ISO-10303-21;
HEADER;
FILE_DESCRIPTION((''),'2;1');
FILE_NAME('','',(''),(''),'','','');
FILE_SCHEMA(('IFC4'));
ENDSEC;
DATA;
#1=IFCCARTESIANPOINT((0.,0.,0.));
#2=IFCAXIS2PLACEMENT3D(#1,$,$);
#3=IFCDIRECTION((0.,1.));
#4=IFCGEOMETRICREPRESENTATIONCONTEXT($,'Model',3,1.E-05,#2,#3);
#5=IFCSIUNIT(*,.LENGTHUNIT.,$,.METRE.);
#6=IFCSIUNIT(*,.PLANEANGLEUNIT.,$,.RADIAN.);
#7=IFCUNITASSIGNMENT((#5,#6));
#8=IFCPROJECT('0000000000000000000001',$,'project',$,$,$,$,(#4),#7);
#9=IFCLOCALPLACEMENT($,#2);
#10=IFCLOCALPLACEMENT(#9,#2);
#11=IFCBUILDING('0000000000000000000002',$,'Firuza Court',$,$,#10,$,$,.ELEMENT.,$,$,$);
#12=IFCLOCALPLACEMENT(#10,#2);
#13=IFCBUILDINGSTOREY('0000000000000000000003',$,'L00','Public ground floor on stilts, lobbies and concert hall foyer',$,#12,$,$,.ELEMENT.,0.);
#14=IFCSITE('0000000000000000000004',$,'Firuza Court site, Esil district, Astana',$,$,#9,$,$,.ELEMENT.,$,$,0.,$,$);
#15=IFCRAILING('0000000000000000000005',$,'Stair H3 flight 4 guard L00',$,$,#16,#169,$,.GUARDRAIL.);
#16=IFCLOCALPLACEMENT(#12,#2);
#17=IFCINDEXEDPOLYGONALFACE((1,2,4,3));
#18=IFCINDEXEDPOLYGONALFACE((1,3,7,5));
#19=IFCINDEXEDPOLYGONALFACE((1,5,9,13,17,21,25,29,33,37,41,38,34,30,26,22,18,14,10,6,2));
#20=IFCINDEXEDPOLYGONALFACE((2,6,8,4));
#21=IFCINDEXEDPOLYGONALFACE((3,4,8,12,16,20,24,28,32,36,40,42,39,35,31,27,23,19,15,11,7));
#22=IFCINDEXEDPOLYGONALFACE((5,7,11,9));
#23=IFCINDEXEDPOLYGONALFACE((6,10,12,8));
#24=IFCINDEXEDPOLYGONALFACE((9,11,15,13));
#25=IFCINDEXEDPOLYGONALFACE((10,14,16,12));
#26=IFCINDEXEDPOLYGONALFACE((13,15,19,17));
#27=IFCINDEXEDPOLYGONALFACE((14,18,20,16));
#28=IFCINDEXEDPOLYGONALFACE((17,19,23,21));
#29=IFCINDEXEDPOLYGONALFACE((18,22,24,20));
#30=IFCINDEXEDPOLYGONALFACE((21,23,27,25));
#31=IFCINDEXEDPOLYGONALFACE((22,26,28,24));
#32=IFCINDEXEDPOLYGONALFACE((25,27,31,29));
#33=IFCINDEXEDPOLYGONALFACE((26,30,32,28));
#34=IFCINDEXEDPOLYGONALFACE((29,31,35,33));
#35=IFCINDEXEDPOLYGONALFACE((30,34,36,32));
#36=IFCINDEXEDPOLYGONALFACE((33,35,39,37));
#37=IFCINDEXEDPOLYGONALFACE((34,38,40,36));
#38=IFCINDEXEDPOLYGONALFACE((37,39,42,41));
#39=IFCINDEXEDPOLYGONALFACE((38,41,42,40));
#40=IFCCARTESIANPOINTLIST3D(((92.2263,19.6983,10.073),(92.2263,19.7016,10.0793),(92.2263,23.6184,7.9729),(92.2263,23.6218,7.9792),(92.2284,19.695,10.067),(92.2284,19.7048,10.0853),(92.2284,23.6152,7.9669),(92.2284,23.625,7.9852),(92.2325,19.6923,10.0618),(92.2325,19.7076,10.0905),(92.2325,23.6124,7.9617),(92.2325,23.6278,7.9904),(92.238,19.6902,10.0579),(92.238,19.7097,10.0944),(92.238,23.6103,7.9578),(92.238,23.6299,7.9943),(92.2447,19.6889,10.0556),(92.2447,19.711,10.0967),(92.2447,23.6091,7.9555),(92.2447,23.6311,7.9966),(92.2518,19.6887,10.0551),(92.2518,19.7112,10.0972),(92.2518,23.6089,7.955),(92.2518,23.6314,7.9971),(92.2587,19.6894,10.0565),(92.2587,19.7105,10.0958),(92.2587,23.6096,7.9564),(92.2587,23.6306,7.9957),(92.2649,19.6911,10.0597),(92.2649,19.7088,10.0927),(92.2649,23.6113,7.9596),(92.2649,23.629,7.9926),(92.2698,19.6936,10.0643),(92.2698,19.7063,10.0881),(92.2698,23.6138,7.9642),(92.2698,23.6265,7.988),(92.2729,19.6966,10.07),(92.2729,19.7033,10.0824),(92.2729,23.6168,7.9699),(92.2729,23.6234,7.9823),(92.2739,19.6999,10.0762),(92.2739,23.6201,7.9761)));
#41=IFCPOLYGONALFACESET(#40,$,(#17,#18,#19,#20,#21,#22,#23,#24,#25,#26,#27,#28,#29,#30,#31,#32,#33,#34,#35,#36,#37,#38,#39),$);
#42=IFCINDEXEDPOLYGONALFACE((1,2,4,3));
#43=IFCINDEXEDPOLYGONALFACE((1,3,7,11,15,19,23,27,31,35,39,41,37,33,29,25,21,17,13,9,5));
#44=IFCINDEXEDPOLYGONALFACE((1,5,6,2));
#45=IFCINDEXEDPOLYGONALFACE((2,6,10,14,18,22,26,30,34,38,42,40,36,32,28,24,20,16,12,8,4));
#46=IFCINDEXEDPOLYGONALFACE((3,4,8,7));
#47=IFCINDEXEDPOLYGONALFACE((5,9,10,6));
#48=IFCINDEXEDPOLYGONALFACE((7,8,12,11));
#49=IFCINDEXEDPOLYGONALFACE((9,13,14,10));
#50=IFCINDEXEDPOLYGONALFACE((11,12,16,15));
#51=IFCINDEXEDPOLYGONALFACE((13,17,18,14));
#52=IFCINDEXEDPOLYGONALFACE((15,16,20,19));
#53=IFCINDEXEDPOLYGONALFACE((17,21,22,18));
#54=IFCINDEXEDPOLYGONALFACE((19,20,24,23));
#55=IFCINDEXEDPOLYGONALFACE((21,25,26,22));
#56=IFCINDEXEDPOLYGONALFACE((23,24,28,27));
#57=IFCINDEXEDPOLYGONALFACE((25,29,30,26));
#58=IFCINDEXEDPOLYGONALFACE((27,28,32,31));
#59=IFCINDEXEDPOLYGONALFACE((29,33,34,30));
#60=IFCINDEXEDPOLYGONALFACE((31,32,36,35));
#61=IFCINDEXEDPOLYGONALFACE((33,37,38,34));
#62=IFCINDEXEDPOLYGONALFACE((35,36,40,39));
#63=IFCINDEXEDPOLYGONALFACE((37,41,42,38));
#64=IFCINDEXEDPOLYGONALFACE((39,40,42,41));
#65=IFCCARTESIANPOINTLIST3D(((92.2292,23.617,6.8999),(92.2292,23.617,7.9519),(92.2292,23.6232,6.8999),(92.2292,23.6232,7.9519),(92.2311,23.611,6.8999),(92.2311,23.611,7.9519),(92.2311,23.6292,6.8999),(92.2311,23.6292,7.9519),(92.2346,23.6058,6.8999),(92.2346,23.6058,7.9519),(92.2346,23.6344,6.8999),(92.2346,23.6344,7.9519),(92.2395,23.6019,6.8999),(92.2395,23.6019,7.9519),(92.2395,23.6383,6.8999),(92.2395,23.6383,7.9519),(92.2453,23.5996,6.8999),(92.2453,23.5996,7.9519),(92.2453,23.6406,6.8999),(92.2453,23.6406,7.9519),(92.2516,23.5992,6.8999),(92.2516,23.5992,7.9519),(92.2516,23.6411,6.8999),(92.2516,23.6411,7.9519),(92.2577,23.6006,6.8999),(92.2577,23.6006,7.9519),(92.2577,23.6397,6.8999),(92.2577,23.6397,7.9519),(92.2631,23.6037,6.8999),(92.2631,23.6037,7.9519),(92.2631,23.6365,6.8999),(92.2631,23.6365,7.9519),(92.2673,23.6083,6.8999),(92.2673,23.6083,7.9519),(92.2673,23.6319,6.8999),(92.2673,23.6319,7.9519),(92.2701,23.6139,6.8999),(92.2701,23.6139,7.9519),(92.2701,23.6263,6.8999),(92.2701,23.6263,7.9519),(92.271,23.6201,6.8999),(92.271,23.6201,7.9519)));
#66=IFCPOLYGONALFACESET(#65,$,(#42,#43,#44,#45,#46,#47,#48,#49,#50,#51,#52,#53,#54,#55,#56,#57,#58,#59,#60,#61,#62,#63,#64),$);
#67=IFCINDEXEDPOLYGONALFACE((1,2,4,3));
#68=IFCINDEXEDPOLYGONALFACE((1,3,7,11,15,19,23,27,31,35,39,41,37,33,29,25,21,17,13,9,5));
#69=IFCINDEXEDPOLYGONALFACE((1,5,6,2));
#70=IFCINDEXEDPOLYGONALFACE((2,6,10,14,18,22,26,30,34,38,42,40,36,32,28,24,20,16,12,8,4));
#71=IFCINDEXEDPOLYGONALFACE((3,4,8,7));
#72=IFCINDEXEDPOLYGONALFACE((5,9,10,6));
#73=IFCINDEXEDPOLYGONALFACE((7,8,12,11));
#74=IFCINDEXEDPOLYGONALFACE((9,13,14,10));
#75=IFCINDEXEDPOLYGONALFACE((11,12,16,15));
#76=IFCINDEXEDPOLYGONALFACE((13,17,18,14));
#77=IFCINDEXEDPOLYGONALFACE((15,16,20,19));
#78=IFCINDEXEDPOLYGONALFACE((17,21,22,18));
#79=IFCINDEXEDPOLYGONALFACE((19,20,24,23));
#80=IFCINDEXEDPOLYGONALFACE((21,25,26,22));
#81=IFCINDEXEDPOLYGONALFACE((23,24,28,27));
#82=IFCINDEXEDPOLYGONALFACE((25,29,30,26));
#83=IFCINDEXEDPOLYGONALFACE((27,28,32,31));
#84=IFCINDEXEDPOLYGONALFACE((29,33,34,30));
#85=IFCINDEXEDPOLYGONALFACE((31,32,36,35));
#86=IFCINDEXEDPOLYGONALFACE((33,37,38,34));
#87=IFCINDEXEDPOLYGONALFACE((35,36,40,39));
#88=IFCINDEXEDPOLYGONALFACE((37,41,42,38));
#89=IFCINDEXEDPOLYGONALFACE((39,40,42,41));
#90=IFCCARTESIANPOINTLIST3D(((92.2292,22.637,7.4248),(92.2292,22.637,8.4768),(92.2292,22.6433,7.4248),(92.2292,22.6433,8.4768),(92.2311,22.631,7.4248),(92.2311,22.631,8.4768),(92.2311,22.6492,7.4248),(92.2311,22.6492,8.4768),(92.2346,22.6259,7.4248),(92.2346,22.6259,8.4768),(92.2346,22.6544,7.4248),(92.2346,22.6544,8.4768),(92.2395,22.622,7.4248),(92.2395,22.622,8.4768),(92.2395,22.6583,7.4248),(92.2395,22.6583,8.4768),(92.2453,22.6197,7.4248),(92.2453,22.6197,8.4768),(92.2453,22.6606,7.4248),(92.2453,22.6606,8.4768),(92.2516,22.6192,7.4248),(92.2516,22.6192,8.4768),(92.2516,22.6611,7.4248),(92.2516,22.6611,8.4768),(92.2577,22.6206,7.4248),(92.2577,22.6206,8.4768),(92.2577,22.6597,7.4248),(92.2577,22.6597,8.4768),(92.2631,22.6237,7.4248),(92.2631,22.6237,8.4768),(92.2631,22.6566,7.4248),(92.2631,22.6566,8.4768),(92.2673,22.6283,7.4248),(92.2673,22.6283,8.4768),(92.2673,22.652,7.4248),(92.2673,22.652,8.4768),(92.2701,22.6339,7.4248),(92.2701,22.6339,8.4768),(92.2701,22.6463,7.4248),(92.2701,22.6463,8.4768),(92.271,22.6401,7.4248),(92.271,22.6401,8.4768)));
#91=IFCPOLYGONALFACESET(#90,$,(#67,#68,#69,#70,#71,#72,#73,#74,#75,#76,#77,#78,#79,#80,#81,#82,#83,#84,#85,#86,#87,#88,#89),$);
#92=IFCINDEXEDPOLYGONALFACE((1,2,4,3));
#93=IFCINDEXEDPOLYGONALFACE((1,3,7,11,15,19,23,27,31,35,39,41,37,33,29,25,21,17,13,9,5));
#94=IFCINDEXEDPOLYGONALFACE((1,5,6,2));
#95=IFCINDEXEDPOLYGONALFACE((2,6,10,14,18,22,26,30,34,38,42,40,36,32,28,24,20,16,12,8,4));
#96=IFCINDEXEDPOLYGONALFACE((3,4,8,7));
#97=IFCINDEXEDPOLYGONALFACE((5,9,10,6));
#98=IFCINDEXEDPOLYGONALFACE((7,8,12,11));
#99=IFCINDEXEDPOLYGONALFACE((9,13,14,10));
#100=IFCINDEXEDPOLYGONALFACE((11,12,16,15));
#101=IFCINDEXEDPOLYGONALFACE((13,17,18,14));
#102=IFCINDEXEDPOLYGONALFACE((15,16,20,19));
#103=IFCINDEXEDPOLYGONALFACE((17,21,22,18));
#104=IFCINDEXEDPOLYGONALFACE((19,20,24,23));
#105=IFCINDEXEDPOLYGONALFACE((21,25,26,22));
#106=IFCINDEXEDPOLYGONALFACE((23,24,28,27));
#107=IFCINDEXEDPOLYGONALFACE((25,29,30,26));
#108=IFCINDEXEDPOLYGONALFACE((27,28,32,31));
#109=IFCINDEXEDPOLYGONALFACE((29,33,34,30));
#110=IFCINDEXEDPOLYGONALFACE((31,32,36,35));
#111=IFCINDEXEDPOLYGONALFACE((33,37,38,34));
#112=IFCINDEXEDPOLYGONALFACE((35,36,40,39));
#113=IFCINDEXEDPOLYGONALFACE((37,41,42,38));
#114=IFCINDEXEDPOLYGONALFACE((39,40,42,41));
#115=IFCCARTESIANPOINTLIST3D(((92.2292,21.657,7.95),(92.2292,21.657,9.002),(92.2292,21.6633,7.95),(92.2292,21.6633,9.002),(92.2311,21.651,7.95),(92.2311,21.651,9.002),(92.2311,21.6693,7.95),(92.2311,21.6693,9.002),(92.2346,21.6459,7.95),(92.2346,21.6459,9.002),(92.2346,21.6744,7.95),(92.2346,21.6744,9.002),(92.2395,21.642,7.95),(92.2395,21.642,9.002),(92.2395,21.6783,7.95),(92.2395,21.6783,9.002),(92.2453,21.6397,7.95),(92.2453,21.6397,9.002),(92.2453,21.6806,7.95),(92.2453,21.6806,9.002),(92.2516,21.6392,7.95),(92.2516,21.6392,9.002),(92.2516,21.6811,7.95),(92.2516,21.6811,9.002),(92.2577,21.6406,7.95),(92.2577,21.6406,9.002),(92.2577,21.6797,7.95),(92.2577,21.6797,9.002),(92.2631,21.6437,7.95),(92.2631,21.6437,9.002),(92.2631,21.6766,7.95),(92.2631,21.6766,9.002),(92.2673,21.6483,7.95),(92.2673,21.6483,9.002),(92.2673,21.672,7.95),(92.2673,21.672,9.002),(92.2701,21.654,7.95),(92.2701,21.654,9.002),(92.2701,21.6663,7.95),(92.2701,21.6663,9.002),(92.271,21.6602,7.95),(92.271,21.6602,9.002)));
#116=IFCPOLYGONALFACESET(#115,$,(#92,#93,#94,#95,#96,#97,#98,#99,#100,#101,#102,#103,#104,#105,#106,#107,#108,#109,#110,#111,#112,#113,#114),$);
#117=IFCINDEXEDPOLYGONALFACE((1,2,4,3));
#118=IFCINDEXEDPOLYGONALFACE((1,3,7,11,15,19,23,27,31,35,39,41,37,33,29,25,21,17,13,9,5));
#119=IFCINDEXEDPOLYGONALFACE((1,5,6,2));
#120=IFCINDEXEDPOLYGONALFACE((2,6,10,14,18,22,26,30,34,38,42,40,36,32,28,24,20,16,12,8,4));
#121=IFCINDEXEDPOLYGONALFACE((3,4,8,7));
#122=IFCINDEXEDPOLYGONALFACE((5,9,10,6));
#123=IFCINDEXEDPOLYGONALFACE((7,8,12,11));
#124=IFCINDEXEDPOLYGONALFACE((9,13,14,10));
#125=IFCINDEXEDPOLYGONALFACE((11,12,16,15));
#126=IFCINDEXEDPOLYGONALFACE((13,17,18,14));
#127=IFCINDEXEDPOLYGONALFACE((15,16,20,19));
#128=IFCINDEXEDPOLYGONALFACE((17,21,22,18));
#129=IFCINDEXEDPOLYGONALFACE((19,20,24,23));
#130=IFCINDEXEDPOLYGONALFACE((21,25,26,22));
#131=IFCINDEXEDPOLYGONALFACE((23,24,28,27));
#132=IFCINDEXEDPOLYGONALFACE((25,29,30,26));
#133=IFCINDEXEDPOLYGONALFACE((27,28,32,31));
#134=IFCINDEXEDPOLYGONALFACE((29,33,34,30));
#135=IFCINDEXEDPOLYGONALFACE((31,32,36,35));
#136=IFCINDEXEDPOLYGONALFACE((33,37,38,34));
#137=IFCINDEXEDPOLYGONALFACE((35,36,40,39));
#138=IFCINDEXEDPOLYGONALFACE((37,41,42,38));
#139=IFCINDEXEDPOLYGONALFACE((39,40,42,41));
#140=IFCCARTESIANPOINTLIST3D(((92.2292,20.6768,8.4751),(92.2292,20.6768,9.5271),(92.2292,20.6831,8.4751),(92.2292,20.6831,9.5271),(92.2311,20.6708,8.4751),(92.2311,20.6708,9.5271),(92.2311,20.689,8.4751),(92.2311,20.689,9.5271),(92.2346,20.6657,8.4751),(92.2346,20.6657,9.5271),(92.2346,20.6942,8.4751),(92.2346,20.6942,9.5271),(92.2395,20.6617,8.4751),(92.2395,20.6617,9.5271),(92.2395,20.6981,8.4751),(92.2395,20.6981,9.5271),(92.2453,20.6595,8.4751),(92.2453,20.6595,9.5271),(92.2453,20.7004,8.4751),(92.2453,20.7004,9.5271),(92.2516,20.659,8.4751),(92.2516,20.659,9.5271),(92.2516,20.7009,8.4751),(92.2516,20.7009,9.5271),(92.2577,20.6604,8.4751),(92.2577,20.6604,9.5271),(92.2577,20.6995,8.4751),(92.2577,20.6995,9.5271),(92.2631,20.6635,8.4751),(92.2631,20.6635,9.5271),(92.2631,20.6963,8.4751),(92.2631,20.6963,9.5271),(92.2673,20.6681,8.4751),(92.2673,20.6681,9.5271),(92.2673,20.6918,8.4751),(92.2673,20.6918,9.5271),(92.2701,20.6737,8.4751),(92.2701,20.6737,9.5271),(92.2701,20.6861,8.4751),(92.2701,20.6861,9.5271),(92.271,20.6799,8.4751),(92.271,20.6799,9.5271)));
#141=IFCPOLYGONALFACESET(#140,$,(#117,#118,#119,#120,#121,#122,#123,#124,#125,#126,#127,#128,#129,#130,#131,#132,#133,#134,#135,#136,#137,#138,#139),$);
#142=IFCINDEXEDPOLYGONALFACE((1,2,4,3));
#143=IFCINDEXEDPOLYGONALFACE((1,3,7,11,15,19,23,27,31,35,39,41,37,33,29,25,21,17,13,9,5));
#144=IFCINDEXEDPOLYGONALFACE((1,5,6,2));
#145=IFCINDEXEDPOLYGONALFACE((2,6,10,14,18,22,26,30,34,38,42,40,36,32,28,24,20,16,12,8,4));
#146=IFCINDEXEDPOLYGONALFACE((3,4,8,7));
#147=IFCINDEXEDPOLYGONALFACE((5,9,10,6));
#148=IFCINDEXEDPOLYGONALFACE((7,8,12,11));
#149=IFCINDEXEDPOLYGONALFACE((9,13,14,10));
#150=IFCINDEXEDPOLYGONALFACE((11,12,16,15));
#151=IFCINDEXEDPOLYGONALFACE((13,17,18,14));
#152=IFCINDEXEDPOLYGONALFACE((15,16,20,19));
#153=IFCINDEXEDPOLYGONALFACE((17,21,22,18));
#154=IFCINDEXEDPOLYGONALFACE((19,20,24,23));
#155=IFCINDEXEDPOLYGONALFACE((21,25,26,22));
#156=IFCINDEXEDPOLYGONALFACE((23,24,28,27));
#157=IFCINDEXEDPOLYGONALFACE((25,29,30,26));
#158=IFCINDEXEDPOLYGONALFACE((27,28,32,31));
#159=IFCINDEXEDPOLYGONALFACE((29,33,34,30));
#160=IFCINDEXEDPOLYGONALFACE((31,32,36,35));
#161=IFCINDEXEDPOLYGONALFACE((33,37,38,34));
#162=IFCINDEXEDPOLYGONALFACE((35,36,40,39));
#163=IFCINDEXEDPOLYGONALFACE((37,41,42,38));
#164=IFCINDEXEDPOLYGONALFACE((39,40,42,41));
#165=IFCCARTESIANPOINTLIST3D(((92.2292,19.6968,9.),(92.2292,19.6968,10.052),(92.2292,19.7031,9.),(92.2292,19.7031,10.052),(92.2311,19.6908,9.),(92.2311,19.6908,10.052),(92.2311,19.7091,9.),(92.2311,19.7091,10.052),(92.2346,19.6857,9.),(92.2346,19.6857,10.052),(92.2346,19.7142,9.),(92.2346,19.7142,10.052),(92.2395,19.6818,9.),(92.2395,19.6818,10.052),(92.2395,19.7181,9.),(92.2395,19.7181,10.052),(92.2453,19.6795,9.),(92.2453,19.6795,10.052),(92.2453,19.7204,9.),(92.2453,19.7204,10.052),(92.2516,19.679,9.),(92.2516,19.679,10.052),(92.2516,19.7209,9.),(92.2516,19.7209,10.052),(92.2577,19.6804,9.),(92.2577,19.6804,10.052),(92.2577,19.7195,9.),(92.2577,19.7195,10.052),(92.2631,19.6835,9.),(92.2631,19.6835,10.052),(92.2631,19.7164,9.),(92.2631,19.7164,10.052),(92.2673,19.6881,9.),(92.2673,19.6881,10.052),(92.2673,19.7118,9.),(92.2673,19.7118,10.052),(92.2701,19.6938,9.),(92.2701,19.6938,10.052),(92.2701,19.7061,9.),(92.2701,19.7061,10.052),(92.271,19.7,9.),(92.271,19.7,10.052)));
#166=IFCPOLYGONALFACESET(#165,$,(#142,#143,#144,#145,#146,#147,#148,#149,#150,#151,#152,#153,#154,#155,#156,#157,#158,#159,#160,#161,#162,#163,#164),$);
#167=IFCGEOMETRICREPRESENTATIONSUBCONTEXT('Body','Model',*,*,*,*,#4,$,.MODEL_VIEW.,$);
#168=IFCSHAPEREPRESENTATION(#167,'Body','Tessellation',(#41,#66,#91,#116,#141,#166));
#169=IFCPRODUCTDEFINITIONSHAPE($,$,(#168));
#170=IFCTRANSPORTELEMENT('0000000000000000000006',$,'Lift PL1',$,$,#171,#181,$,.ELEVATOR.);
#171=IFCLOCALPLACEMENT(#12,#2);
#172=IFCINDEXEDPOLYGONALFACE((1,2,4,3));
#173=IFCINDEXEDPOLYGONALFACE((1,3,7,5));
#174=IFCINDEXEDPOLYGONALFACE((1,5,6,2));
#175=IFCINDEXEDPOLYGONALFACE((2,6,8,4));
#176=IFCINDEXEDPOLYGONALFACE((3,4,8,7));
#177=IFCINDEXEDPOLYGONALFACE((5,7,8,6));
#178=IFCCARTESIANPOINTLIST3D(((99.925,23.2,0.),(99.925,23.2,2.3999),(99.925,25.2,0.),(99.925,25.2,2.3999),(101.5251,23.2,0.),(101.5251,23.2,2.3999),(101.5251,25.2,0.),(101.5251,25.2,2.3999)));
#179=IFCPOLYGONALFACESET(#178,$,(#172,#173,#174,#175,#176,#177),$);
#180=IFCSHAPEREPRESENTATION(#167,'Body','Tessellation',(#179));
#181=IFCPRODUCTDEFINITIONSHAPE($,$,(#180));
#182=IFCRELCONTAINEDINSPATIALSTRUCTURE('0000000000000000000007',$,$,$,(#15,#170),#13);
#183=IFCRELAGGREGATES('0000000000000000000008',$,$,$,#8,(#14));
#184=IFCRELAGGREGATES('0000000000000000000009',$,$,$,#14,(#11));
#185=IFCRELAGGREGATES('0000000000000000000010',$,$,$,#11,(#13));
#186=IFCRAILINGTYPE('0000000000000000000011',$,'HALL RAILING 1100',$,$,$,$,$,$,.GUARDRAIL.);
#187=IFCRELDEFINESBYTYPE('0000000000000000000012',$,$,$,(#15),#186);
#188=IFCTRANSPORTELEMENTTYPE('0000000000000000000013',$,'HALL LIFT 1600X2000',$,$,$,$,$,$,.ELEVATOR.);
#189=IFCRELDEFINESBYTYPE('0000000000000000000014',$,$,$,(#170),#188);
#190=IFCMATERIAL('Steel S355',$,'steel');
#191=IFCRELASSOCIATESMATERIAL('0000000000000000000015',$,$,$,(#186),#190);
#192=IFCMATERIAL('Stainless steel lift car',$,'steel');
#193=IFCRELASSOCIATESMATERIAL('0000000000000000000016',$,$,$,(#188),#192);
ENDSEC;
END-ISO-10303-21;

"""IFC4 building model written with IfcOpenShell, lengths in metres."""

from ifc_helpers import new_model, si_unit, direction, frame, origin, origin_2d, place, context, subcontext, project, spatial, rectangle, circle, extrude, material, type_object, element, save


model = new_model("IFC4")

# Units and contexts
model_context = context("Model", 3, precision=1e-05, world=origin(), true_north=direction((0.0, 1.0)))
body_context = subcontext(model_context, "Body", "Model", "MODEL_VIEW")
ifc_project = project(units=[si_unit("LENGTHUNIT", "METRE"), si_unit("PLANEANGLEUNIT", "RADIAN")], contexts=[model_context])

# Site, building, storey
site_placement = place(None, origin())
site = spatial("IfcSite", under=ifc_project, at=site_placement, Name="Firuza Court site, Esil district, Astana", CompositionType="ELEMENT", RefElevation=0.0)
building_placement = place(site_placement, origin())
building = spatial("IfcBuilding", under=site, at=building_placement, Name="Firuza Court", CompositionType="ELEMENT")
storey_placement = place(building_placement, origin())
storey = spatial("IfcBuildingStorey", under=building, at=storey_placement, Name="L00", Description="Public ground floor on stilts, lobbies and concert hall foyer", CompositionType="ELEMENT", Elevation=0.0)

# Railing
ifc_material_1 = material(Name="Steel S355", Category="steel")
railing_type_1 = type_object("IfcRailingType", Name="HALL RAILING 1100", PredefinedType="GUARDRAIL", material=ifc_material_1)
railing_placement = place(storey_placement, frame((92.25, 23.6201, 6.8999)))
element("IfcRailing", 1, at=railing_placement, inside=storey, type_object=railing_type_1, Name="Stair H3 flight 4 guard L00", PredefinedType="GUARDRAIL", context=body_context, shape_type="SweptSolid", body=[
    extrude(circle(Radius=0.0239, at=origin_2d()), frame((0.0, 0.0, 1.0762), z_axis=(0.0, -0.881479, 0.472223), x_axis=(1.0, 0.0, 0.0)), (0.0, 0.0, 1.0), 4.4473),
    extrude(circle(Radius=0.021, at=origin_2d()), origin(), (0.0, 0.0, 1.0), 1.052),
    extrude(circle(Radius=0.021, at=origin_2d()), frame((0.0, -0.98, 0.5249)), (0.0, 0.0, 1.0), 1.052),
    extrude(circle(Radius=0.021, at=origin_2d()), frame((0.0, -1.96, 1.05)), (0.0, 0.0, 1.0), 1.052),
    extrude(circle(Radius=0.021, at=origin_2d()), frame((0.0, -2.9402, 1.5752)), (0.0, 0.0, 1.0), 1.052),
    extrude(circle(Radius=0.021, at=origin_2d()), frame((0.0, -3.9202, 2.1001)), (0.0, 0.0, 1.0), 1.052),
])

# Transport element
ifc_material_2 = material(Name="Stainless steel lift car", Category="steel")
transport_element_type = type_object("IfcTransportElementType", Name="HALL LIFT 1600X2000", PredefinedType="ELEVATOR", material=ifc_material_2)
transport_element_placement = place(storey_placement, frame((100.7251, 24.2, 0.0), z_axis=(0.0, 0.0, 1.0), x_axis=(1.0, 0.0, 0.0)))
element("IfcTransportElement", 2, at=transport_element_placement, inside=storey, type_object=transport_element_type, Name="Lift PL1", PredefinedType="ELEVATOR", context=body_context, shape_type="SweptSolid", body=[
    extrude(rectangle(XDim=1.6001, YDim=2.0, at=origin_2d()), origin(), (0.0, 0.0, 1.0), 2.3999),
])

save(model, "model.ifc")
